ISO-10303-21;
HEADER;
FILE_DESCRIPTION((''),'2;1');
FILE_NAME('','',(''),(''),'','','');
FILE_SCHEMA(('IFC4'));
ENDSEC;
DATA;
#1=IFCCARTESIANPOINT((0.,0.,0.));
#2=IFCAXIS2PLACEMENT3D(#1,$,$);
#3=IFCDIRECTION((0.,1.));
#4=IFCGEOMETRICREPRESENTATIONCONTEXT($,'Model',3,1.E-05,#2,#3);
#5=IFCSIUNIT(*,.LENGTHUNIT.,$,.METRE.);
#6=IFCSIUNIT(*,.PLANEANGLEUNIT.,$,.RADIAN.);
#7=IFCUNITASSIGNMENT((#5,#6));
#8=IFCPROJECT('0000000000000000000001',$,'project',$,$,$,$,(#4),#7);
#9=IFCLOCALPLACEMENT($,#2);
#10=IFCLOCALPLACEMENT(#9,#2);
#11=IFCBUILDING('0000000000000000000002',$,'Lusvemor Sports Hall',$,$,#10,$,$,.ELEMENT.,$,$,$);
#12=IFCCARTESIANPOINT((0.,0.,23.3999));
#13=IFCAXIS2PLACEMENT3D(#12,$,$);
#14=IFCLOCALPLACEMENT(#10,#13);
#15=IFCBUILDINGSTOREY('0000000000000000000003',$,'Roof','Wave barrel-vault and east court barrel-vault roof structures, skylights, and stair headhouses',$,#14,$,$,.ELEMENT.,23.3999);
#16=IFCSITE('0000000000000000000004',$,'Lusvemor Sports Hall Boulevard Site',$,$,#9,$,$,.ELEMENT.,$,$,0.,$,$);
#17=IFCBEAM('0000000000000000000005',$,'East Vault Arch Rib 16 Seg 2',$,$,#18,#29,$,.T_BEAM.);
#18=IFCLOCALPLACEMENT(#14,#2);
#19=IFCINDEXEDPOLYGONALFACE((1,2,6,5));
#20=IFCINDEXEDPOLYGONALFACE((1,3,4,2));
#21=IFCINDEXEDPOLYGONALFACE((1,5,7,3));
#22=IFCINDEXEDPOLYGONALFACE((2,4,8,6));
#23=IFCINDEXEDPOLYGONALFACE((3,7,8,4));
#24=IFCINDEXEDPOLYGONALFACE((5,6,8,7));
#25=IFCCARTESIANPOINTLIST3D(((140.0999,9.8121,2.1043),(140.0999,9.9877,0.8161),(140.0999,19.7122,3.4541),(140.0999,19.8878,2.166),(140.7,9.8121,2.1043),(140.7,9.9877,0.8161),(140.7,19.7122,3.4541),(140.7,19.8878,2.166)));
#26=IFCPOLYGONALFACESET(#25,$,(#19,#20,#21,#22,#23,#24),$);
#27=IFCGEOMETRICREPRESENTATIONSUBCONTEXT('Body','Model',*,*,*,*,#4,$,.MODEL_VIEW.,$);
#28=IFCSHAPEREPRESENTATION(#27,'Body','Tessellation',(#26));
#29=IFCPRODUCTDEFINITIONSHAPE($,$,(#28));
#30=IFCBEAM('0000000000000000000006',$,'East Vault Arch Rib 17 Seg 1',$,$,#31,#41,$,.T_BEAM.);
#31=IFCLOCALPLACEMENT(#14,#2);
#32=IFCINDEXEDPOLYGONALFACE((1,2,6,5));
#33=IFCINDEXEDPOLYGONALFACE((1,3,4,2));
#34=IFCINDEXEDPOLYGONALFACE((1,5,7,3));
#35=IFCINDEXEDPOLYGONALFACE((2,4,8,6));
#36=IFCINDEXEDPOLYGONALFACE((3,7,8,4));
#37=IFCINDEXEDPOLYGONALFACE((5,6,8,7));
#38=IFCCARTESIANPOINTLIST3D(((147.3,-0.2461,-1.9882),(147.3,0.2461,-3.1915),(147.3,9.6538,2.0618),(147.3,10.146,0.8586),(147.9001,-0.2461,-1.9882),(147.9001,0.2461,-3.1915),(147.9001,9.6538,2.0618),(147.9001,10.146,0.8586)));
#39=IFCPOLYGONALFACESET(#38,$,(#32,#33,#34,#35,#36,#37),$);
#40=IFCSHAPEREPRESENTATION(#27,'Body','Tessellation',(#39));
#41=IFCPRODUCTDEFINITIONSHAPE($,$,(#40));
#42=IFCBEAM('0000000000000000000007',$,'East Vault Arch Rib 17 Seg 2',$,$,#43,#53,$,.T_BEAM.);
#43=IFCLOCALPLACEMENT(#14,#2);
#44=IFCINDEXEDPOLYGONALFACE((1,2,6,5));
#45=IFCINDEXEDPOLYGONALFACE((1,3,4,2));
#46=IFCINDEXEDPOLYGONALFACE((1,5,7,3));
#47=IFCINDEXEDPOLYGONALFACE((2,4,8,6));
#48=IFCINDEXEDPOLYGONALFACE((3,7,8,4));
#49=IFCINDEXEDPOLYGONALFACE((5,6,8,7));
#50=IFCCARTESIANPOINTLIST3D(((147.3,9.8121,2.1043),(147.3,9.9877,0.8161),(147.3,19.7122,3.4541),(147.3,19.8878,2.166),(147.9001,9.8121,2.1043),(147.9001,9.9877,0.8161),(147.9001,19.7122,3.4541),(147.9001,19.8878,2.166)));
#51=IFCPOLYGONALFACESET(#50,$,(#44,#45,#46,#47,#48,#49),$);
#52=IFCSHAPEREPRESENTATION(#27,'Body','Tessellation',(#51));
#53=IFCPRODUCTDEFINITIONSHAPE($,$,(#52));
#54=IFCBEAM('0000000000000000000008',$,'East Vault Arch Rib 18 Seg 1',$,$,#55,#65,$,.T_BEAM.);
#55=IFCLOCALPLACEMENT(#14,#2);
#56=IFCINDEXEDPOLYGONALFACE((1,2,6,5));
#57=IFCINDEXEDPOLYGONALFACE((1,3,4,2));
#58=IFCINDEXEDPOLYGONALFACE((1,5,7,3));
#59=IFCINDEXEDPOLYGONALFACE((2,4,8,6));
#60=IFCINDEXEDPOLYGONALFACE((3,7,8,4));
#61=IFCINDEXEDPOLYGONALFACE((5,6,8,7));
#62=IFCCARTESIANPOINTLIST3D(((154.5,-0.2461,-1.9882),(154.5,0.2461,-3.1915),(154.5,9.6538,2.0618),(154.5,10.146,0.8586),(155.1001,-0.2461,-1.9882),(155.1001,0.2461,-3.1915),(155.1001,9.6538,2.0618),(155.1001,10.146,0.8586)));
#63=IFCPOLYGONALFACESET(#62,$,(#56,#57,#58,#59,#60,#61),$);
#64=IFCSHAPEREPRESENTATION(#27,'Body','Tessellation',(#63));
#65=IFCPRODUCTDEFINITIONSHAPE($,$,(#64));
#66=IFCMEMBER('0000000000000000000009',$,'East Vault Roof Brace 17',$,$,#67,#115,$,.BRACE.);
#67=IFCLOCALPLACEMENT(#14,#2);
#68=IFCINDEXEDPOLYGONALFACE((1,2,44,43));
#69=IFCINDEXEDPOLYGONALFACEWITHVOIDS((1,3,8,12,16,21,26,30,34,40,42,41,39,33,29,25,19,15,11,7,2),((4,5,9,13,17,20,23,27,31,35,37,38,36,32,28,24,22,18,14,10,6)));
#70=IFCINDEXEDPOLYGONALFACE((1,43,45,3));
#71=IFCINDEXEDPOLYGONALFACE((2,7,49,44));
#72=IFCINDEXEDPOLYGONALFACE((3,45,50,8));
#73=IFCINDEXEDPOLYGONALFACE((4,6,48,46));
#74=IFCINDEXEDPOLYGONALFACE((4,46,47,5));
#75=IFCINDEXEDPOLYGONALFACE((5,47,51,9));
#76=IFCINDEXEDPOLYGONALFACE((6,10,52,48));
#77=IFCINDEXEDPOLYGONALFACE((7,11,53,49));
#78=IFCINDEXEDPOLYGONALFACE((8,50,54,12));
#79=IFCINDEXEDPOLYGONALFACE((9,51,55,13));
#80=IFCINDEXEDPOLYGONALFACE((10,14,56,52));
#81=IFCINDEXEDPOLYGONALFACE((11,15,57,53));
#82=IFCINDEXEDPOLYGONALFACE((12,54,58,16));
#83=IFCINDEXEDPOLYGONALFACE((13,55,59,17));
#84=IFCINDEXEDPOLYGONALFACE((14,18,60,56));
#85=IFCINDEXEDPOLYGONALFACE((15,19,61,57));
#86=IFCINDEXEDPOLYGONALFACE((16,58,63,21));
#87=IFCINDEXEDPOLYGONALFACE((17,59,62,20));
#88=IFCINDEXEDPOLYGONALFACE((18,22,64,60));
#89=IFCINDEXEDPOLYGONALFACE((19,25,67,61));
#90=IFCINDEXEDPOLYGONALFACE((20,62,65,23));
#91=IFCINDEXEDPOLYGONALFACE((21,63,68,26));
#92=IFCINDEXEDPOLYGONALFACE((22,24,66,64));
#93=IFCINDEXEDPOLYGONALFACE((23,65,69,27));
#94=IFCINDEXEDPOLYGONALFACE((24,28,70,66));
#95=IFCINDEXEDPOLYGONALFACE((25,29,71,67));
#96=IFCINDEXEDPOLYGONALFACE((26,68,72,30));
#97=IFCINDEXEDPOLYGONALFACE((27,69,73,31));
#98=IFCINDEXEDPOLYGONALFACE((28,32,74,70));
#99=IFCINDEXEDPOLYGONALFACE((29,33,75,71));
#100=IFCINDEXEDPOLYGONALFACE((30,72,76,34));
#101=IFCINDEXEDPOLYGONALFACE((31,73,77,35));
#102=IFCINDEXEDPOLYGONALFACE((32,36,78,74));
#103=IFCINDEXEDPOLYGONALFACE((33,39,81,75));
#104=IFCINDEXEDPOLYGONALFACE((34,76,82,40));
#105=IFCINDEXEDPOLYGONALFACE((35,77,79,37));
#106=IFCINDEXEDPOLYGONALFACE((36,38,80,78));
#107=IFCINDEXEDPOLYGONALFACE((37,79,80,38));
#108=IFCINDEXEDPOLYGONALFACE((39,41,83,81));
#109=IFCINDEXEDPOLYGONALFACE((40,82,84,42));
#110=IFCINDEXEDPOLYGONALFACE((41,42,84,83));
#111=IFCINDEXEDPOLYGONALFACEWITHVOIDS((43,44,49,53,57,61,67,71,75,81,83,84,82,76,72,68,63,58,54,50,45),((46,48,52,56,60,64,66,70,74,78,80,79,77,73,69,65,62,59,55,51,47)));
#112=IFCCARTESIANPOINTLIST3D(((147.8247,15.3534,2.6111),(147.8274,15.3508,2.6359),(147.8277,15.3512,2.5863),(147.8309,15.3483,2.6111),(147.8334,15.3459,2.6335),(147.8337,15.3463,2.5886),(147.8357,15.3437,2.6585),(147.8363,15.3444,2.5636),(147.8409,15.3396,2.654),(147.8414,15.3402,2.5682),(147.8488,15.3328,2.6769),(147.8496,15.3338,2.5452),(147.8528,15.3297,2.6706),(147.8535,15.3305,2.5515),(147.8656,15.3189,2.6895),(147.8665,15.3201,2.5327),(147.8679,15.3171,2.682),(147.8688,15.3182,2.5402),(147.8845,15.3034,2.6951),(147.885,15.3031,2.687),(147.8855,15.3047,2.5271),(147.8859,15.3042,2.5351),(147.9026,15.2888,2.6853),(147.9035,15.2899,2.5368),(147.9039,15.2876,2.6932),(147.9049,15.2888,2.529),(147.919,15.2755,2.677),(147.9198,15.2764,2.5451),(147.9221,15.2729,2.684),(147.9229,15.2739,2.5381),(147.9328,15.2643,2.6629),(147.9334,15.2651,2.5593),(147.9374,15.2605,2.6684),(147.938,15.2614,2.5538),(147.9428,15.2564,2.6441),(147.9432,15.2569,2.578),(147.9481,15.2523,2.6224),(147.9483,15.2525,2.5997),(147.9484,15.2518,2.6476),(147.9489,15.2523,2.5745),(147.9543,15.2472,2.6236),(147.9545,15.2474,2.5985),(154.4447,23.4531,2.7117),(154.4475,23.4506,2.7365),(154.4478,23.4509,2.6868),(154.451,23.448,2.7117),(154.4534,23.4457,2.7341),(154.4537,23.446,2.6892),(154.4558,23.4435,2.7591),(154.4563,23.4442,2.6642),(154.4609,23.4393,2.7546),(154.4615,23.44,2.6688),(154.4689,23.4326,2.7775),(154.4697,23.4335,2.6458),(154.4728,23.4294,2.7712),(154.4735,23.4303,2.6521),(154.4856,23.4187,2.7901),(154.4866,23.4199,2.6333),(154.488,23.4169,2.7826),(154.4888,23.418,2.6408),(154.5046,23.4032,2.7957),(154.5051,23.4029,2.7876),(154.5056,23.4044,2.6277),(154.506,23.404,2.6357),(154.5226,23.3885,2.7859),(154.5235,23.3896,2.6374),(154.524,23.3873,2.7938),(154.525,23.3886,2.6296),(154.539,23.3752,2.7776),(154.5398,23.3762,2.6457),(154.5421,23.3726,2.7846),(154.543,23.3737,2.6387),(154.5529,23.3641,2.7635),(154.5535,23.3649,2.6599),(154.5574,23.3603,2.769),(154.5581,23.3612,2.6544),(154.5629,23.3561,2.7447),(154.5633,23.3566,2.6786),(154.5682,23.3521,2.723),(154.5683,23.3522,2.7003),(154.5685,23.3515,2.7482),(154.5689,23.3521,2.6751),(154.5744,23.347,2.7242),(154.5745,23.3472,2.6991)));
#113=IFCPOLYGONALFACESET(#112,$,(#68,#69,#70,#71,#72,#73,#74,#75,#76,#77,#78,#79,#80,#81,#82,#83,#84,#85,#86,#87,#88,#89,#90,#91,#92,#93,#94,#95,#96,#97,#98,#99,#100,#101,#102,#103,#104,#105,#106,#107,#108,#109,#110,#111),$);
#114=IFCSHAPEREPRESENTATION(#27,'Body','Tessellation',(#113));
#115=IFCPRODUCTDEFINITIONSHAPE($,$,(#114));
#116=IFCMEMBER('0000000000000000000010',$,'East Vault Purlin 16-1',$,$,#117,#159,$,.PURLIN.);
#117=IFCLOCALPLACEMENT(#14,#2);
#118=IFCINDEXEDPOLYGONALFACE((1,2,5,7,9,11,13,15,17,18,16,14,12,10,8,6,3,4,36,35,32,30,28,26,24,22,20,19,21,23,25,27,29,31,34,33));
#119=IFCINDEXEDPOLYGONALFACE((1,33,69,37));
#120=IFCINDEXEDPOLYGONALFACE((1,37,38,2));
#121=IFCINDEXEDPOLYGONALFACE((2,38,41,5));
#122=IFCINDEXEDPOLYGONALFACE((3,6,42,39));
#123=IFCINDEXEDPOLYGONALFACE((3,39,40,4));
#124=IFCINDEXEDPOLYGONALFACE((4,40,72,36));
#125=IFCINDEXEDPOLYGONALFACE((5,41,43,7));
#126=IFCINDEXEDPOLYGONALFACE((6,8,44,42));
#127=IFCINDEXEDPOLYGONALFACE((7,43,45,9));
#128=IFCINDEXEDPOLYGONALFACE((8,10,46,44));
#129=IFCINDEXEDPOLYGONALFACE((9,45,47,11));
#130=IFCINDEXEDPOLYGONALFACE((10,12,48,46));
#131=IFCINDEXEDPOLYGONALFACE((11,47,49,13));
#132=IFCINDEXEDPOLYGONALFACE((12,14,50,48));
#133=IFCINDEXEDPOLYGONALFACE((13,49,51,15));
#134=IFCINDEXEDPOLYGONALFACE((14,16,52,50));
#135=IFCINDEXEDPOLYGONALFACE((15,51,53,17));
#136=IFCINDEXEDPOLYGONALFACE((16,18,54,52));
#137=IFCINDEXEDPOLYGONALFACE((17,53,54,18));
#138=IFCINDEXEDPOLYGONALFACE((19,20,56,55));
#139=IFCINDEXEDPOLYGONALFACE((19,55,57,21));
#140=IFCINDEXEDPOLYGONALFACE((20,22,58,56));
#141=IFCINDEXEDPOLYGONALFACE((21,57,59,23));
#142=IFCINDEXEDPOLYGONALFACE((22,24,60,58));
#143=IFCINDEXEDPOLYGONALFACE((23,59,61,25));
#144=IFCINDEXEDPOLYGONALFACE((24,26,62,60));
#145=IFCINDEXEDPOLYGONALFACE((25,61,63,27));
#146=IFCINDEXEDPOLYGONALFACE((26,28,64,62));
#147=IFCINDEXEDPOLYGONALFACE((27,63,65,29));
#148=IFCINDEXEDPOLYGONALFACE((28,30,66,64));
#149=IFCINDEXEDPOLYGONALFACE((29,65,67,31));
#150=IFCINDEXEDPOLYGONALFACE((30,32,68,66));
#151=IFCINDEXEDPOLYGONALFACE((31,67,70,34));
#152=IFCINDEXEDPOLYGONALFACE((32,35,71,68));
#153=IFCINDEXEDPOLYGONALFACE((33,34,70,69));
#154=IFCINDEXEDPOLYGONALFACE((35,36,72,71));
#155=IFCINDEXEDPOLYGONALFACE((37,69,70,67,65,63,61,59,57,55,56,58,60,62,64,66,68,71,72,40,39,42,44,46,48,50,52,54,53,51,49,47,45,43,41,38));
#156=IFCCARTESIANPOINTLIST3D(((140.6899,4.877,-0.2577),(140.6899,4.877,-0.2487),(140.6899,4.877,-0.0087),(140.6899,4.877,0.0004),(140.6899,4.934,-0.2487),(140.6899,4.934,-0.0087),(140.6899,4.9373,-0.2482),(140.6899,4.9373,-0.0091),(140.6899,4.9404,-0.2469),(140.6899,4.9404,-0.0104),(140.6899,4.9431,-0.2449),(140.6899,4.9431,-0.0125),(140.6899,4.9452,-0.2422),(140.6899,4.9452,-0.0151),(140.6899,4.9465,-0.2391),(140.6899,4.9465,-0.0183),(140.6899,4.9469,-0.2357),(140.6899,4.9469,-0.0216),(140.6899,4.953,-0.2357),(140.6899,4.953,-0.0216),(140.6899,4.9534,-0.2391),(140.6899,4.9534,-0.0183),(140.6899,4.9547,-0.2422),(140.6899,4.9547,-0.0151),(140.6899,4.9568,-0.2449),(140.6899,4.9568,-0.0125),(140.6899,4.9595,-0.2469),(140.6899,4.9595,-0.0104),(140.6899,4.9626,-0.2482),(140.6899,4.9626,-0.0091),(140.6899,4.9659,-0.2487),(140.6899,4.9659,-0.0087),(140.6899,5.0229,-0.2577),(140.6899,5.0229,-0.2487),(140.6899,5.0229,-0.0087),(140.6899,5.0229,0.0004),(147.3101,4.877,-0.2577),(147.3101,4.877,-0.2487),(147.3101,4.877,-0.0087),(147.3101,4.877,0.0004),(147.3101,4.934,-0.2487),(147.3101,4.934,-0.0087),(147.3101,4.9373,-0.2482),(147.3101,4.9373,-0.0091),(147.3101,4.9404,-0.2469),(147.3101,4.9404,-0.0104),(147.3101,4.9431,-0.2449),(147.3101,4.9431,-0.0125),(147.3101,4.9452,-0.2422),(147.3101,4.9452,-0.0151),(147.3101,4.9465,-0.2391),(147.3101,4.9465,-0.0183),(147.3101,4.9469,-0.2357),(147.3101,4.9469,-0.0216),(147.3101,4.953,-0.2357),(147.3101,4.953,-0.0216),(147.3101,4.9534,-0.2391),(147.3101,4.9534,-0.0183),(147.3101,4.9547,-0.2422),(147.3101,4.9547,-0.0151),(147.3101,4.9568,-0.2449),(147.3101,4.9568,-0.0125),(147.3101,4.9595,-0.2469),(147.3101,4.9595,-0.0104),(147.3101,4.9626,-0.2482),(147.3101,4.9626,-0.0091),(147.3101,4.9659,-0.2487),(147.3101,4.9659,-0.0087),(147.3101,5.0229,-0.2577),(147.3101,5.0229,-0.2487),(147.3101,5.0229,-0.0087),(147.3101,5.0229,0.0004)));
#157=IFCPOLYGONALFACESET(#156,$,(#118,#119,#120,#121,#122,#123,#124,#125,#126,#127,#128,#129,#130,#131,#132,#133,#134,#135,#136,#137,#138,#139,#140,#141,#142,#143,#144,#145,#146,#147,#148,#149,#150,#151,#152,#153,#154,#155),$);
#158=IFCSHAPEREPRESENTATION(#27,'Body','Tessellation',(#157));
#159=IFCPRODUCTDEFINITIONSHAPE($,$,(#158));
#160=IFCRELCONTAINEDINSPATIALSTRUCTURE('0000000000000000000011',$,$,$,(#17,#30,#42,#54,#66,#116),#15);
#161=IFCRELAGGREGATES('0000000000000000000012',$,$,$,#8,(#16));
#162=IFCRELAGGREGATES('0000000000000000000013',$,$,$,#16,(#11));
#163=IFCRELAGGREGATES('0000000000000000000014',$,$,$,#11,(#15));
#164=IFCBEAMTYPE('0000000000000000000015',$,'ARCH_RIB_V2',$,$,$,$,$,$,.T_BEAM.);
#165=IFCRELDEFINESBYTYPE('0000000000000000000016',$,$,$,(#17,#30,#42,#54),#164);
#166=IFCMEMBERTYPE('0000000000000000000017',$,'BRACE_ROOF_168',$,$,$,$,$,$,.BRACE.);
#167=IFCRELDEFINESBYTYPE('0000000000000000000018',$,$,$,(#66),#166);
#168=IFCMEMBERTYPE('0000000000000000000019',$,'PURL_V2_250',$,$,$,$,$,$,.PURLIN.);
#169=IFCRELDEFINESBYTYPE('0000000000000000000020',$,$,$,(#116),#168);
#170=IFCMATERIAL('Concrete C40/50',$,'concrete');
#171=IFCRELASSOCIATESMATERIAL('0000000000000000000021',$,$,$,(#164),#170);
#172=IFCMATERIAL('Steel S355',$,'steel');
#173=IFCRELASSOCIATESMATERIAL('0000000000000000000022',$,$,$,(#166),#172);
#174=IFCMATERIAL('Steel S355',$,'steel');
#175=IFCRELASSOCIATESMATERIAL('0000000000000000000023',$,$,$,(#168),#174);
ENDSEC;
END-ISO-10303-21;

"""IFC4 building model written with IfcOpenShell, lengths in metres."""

from ifc_helpers import new_model, si_unit, direction, frame, origin, origin_2d, place, context, subcontext, project, spatial, rectangle, hollow_circle, i_section, extrude, material, material_profile, profile_set, type_object, element, save


model = new_model("IFC4")

# Units and contexts
model_context = context("Model", 3, precision=1e-05, world=origin(), true_north=direction((0.0, 1.0)))
body_context = subcontext(model_context, "Body", "Model", "MODEL_VIEW")
ifc_project = project(units=[si_unit("LENGTHUNIT", "METRE"), si_unit("PLANEANGLEUNIT", "RADIAN")], contexts=[model_context])

# Site, building, storey
site_placement = place(None, origin())
site = spatial("IfcSite", under=ifc_project, at=site_placement, Name="Lusvemor Sports Hall Boulevard Site", CompositionType="ELEMENT", RefElevation=0.0)
building_placement = place(site_placement, origin())
building = spatial("IfcBuilding", under=site, at=building_placement, Name="Lusvemor Sports Hall", CompositionType="ELEMENT")
storey_placement = place(building_placement, frame((0.0, 0.0, 23.3999)))
storey = spatial("IfcBuildingStorey", under=building, at=storey_placement, Name="Roof", Description="Wave barrel-vault and east court barrel-vault roof structures, skylights, and stair headhouses", CompositionType="ELEMENT", Elevation=23.3999)

# Beams
ifc_material_1 = material(Name="Concrete C40/50", Category="concrete")
ifc_material_profile_1 = material_profile(ifc_material_1, rectangle(XDim=0.6001, YDim=1.3, at=origin_2d()), Name="RC600x1300")
ifc_profile_set_1 = profile_set([ifc_material_profile_1], Name="Concrete C40/50")
beam_type_1 = type_object("IfcBeamType", Name="ARCH_RIB_V2", PredefinedType="T_BEAM", material=ifc_profile_set_1)
beam_1_placement = place(storey_placement, frame((140.3999, 9.8999, 1.4602), z_axis=(0.0, 0.990832, 0.135097), x_axis=(-1.0, 0.0, 0.0)))
element("IfcBeam", 1, at=beam_1_placement, inside=storey, type_object=beam_type_1, Name="East Vault Arch Rib 16 Seg 2", PredefinedType="T_BEAM", context=body_context, shape_type="SweptSolid", body=[
    extrude(rectangle(XDim=0.6001, YDim=1.3, at=origin_2d()), origin(), (0.0, 0.0, 1.0), 9.9917),
])
beam_2_placement = place(storey_placement, frame((147.6001, 0.0, -2.5898), z_axis=(0.0, 0.925544, 0.37864), x_axis=(-1.0, 0.0, 0.0)))
element("IfcBeam", 2, at=beam_2_placement, inside=storey, type_object=beam_type_1, Name="East Vault Arch Rib 17 Seg 1", PredefinedType="T_BEAM", context=body_context, shape_type="SweptSolid", body=[
    extrude(rectangle(XDim=0.6001, YDim=1.3, at=origin_2d()), origin(), (0.0, 0.0, 1.0), 10.6963),
])
beam_3_placement = place(storey_placement, frame((147.6001, 9.8999, 1.4602), z_axis=(0.0, 0.990832, 0.135097), x_axis=(-1.0, 0.0, 0.0)))
element("IfcBeam", 3, at=beam_3_placement, inside=storey, type_object=beam_type_1, Name="East Vault Arch Rib 17 Seg 2", PredefinedType="T_BEAM", context=body_context, shape_type="SweptSolid", body=[
    extrude(rectangle(XDim=0.6001, YDim=1.3, at=origin_2d()), origin(), (0.0, 0.0, 1.0), 9.9917),
])
beam_4_placement = place(storey_placement, frame((154.8, 0.0, -2.5898), z_axis=(0.0, 0.925544, 0.37864), x_axis=(-1.0, 0.0, 0.0)))
element("IfcBeam", 4, at=beam_4_placement, inside=storey, type_object=beam_type_1, Name="East Vault Arch Rib 18 Seg 1", PredefinedType="T_BEAM", context=body_context, shape_type="SweptSolid", body=[
    extrude(rectangle(XDim=0.6001, YDim=1.3, at=origin_2d()), origin(), (0.0, 0.0, 1.0), 10.6963),
])

# Members
ifc_material_2 = material(Name="Steel S355", Category="steel")
ifc_material_profile_2 = material_profile(ifc_material_2, hollow_circle(Radius=0.0842, WallThickness=0.0081, at=origin_2d()), Name="CHS168.3x8.0")
ifc_profile_set_2 = profile_set([ifc_material_profile_2], Name="Steel S355")
member_type_1 = type_object("IfcMemberType", Name="BRACE_ROOF_168", PredefinedType="BRACE", material=ifc_profile_set_2)
member_1_placement = place(storey_placement, frame((147.8899, 15.3, 2.6111), z_axis=(0.632806, 0.774251, 0.009615), x_axis=(-0.774287, 0.632835, 0.0)))
element("IfcMember", 5, at=member_1_placement, inside=storey, type_object=member_type_1, Name="East Vault Roof Brace 17", PredefinedType="BRACE", context=body_context, shape_type="SweptSolid", body=[
    extrude(hollow_circle(Radius=0.0842, WallThickness=0.0081, at=origin_2d()), origin(), (0.0, 0.0, 1.0), 10.4614),
])
ifc_material_3 = material(Name="Steel S355", Category="steel")
ifc_material_profile_3 = material_profile(ifc_material_3, i_section(OverallWidth=0.146, OverallDepth=0.2581, WebThickness=0.0061, FlangeThickness=0.009, FilletRadius=0.0129, at=origin_2d()), Name="W250x32.7")
ifc_profile_set_3 = profile_set([ifc_material_profile_3], Name="Steel S355")
member_type_2 = type_object("IfcMemberType", Name="PURL_V2_250", PredefinedType="PURLIN", material=ifc_profile_set_3)
for number, where, z_axis, x_axis, name in (
    (6, (140.6899, 4.95, -0.1287), (1.0, 0.0, 0.0), (0.0, 1.0, 0.0), "East Vault Purlin 16-1"),
):
    element("IfcMember", number, at=place(storey_placement, frame(where, z_axis=z_axis, x_axis=x_axis)), inside=storey, type_object=member_type_2, Name=name, PredefinedType="PURLIN", context=body_context, shape_type="SweptSolid", body=[
        extrude(i_section(OverallWidth=0.146, OverallDepth=0.2581, WebThickness=0.0061, FlangeThickness=0.009, FilletRadius=0.0129, at=origin_2d()), origin(), (0.0, 0.0, 1.0), 6.6201),
    ])

save(model, "model.ifc")
